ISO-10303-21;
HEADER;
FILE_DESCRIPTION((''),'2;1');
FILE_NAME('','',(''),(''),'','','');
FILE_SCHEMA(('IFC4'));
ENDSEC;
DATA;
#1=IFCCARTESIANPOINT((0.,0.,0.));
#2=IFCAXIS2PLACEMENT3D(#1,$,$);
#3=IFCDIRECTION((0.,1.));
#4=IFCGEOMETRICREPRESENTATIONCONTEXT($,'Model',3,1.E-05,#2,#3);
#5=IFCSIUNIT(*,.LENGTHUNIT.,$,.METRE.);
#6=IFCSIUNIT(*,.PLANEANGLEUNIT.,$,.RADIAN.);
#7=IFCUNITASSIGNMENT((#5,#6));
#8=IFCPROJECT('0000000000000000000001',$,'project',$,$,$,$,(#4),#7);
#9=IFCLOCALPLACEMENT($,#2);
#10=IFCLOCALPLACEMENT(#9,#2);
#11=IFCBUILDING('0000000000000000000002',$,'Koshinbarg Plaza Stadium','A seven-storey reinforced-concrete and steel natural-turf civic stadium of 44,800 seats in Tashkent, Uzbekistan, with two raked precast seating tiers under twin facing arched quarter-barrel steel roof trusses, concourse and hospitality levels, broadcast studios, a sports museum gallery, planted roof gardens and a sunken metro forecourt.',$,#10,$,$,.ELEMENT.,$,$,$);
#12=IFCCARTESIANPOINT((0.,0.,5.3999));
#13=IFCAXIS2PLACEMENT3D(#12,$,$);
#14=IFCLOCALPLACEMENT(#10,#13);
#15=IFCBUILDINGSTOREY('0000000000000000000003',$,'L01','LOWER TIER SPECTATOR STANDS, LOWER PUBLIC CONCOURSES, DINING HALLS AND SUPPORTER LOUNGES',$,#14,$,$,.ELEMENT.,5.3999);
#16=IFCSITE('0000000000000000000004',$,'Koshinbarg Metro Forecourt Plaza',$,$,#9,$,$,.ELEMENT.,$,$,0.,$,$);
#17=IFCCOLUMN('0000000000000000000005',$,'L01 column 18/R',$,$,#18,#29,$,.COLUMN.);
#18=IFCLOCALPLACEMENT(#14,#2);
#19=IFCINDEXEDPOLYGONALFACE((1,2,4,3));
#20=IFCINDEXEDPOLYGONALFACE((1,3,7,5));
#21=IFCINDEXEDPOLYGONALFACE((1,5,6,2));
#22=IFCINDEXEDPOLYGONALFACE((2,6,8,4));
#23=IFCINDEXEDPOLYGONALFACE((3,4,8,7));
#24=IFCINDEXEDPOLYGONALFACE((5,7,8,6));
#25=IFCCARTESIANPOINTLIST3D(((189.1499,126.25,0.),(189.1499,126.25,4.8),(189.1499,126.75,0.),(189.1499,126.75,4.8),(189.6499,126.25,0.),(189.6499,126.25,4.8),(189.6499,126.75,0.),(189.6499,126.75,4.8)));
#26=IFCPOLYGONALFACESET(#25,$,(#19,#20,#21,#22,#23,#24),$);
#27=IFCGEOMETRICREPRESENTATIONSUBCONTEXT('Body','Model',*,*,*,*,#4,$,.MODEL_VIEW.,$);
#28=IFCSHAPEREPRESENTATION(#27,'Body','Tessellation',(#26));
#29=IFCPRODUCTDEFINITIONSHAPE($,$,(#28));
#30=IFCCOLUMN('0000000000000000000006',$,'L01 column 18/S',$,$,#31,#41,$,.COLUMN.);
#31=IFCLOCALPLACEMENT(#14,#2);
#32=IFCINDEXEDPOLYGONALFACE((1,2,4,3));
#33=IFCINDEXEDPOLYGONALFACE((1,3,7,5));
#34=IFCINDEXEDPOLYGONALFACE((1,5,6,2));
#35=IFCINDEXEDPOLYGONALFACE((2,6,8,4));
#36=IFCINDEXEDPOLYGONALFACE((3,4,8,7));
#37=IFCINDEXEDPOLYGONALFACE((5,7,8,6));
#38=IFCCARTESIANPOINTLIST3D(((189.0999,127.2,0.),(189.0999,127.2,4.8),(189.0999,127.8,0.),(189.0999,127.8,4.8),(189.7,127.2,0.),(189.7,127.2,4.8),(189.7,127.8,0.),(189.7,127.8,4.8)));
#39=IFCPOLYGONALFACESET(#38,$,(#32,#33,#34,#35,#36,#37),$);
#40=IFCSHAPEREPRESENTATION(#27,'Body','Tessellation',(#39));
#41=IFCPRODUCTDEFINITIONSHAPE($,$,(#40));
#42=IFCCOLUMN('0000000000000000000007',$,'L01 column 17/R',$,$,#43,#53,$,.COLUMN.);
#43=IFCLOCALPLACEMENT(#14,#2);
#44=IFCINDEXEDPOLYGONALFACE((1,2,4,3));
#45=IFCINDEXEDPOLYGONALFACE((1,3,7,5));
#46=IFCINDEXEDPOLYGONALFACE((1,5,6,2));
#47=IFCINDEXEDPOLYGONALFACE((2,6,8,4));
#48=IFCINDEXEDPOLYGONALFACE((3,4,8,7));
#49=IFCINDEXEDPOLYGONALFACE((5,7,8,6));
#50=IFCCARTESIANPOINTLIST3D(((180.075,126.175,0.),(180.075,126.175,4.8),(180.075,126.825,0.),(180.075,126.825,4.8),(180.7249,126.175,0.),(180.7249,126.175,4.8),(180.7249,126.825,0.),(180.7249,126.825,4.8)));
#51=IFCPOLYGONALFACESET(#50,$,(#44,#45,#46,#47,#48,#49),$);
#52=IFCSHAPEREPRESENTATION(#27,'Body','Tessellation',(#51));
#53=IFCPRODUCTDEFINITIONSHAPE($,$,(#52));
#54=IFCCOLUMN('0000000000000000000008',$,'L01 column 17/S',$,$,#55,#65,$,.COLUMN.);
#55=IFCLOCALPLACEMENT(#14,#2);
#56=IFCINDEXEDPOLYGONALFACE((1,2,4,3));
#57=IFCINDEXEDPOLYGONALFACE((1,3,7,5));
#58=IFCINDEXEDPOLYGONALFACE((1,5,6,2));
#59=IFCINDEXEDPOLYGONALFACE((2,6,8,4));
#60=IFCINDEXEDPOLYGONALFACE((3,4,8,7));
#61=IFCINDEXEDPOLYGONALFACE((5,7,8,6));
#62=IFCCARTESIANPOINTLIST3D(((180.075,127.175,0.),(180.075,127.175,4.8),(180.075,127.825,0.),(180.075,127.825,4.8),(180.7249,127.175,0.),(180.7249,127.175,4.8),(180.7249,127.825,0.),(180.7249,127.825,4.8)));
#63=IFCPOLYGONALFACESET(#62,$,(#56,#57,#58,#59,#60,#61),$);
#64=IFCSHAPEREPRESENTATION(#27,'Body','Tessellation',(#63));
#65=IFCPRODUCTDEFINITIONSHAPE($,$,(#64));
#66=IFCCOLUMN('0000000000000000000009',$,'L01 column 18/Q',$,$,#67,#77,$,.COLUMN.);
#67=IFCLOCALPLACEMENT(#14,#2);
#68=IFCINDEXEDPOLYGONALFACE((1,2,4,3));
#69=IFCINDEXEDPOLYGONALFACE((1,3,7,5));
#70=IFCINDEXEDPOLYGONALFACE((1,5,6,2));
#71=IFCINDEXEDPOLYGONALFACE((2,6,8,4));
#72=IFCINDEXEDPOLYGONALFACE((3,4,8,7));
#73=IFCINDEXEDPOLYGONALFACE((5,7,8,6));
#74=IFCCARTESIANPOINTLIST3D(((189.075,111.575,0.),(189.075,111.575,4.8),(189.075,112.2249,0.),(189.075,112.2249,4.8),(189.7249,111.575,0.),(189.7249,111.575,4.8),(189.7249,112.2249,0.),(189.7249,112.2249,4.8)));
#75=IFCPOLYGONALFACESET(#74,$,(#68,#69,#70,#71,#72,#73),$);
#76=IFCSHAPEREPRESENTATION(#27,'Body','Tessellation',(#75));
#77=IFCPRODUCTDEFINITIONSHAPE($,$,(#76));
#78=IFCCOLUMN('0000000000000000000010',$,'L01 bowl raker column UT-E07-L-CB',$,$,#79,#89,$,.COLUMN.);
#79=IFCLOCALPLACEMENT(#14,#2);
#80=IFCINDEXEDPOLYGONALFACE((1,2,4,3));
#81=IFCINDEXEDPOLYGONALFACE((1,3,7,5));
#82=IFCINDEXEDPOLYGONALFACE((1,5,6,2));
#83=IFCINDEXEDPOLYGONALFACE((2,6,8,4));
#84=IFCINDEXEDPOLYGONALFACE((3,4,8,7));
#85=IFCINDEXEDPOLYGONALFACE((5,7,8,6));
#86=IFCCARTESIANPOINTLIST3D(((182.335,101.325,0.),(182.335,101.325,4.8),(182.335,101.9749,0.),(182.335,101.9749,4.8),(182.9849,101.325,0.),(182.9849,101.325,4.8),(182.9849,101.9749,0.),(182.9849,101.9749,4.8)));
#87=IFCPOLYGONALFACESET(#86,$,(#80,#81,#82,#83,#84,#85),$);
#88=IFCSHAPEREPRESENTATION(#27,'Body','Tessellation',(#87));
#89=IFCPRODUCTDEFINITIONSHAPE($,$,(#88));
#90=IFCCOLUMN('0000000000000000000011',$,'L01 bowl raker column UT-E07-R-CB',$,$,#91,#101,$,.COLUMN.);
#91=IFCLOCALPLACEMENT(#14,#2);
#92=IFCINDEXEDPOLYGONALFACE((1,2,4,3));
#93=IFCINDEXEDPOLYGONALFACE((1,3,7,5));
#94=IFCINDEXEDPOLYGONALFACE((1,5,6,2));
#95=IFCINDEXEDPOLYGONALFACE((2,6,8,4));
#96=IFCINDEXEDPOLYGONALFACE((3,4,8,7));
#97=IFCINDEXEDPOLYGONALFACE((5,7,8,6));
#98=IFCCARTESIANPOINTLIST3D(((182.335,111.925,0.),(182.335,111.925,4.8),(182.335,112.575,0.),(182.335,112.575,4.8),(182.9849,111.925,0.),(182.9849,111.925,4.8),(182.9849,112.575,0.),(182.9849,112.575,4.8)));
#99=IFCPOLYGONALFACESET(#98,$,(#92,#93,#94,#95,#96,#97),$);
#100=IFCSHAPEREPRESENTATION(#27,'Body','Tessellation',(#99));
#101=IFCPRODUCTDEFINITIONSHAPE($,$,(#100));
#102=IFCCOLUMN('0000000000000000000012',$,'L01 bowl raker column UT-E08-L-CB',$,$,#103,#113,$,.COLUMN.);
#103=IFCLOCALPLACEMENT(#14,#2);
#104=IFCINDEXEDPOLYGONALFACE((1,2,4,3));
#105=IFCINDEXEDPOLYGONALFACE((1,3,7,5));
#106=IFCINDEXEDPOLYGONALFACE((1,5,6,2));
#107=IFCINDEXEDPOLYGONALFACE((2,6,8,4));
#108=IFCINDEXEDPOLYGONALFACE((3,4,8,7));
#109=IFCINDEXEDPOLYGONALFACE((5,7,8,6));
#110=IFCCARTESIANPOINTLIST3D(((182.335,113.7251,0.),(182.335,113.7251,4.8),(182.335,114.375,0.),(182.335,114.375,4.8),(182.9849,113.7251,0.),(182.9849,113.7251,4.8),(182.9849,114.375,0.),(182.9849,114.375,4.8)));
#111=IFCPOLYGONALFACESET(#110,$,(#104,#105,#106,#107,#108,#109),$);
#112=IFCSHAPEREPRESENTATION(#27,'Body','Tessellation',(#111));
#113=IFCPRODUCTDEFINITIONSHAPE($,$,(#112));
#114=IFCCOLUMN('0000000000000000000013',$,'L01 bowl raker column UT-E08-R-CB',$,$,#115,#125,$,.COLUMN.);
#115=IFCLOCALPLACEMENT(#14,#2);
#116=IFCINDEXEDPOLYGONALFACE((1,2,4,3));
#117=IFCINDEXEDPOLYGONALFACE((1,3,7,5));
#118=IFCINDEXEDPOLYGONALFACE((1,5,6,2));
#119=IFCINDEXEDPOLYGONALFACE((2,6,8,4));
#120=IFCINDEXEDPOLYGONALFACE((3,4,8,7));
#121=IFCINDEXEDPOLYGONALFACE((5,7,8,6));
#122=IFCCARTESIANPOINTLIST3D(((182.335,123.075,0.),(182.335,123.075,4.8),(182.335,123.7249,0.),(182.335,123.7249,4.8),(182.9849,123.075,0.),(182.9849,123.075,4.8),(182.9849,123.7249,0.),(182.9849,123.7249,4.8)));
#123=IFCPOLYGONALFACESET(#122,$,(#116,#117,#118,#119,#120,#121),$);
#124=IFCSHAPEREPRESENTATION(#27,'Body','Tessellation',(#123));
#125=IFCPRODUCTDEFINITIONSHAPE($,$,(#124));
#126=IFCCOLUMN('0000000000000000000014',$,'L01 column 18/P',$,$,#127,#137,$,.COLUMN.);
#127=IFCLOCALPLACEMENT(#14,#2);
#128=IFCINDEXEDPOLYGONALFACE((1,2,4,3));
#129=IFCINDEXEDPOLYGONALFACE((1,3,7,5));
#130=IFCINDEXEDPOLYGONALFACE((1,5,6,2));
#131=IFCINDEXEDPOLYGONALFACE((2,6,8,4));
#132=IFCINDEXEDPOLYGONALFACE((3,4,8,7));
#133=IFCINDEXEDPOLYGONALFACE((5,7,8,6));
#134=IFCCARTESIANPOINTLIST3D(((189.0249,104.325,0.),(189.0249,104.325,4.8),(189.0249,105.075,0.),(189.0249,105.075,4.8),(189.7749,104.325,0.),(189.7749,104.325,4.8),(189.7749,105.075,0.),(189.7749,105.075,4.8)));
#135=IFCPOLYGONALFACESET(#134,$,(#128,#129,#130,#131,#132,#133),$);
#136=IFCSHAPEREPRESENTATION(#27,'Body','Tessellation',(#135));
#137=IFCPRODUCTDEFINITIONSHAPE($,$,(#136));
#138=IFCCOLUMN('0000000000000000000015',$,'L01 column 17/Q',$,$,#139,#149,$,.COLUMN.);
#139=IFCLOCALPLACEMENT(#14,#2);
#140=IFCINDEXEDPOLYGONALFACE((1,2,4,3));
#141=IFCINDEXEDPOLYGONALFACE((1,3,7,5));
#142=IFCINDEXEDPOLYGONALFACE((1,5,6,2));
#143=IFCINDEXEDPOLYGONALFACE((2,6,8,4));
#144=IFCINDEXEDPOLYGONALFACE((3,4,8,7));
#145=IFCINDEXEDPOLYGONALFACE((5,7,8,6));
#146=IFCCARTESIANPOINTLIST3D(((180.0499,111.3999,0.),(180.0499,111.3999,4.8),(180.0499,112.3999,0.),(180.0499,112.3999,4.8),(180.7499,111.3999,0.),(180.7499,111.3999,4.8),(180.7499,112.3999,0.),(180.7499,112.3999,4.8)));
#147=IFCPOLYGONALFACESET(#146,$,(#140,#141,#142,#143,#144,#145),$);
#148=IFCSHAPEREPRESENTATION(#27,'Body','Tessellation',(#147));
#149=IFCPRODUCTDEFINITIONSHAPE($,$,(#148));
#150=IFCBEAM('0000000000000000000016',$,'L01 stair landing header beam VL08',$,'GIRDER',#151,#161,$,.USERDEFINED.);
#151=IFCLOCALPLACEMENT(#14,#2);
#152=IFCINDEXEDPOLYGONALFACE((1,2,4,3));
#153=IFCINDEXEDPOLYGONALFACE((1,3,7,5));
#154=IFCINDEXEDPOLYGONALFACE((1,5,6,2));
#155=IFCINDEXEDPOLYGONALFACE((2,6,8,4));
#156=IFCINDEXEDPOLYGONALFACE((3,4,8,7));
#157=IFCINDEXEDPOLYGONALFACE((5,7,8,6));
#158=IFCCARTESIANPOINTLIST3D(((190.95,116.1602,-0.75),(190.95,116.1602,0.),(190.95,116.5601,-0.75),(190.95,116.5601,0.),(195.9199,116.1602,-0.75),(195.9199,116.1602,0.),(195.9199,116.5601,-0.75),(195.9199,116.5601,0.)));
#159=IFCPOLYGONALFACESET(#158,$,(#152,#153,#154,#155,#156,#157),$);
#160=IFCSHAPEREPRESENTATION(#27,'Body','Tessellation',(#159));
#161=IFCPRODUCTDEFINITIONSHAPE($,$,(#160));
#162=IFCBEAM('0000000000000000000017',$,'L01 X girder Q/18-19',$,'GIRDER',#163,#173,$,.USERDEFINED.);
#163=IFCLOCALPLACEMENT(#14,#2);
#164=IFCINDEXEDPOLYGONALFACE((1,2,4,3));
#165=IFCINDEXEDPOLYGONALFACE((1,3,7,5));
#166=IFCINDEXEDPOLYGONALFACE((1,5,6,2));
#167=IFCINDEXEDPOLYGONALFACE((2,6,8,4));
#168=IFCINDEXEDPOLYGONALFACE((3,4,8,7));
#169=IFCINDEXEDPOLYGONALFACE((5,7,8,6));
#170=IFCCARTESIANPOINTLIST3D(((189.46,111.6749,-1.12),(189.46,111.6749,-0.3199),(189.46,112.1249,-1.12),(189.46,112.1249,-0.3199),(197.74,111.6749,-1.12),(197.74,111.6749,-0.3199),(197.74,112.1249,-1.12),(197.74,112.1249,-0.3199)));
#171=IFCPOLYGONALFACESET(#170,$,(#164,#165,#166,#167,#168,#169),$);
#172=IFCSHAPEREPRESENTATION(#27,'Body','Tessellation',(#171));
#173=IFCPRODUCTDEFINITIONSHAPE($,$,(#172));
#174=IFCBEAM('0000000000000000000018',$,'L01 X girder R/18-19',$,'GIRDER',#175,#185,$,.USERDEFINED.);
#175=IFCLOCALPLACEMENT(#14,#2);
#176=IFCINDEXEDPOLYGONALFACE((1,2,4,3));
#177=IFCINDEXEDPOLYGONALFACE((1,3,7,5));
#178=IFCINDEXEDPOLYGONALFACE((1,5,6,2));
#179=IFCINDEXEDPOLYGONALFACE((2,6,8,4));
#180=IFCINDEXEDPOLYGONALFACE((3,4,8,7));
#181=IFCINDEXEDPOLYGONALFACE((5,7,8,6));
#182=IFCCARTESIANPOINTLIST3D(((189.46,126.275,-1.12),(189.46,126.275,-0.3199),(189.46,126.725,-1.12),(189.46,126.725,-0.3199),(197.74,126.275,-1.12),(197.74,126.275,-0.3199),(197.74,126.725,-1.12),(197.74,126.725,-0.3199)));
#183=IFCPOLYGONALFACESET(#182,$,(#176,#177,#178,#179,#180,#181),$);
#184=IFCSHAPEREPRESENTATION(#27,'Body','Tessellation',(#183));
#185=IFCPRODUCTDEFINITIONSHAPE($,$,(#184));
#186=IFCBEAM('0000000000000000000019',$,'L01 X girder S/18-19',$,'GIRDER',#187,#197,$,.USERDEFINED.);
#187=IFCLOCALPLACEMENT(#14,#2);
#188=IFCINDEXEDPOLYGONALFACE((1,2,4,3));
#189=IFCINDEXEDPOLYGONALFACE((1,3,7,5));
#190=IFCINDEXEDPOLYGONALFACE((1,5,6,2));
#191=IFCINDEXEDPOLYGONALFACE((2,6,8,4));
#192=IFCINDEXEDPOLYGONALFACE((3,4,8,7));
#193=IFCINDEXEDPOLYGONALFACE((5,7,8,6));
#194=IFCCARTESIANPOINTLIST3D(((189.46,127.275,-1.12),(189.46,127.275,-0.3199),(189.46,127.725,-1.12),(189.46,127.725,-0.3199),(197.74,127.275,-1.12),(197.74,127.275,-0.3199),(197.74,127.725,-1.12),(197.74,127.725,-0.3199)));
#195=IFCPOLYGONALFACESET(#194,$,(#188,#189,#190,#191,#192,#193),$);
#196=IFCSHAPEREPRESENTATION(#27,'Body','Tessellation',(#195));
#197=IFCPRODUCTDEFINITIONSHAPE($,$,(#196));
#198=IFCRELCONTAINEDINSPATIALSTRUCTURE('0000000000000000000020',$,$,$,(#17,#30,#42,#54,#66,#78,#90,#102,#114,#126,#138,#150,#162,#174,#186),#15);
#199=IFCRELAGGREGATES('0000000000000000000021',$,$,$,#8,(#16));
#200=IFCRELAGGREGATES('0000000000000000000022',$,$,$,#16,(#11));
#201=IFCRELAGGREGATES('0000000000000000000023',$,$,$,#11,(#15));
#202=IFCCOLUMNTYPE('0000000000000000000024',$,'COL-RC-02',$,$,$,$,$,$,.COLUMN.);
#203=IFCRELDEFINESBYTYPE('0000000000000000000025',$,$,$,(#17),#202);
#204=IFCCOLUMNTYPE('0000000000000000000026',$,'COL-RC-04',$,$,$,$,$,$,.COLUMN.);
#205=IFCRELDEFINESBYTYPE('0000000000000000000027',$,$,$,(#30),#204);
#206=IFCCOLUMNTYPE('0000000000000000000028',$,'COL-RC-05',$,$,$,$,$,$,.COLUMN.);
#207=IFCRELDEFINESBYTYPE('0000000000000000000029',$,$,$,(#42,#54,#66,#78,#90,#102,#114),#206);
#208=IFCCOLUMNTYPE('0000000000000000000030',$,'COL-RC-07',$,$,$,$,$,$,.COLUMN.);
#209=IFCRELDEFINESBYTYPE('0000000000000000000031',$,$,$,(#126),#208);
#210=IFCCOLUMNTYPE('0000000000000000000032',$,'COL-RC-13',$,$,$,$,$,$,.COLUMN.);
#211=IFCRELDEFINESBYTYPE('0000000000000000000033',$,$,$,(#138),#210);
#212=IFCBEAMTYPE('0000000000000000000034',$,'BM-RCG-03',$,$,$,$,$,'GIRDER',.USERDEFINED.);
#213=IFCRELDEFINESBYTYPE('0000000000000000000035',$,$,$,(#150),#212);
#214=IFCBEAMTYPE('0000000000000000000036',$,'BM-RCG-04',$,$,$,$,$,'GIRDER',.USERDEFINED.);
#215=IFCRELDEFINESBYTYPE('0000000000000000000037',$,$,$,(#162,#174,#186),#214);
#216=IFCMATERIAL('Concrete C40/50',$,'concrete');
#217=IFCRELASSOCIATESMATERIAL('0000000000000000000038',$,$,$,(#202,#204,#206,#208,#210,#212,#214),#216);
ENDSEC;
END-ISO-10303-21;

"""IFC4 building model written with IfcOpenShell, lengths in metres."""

from ifc_helpers import new_model, si_unit, direction, frame, origin, origin_2d, place, context, subcontext, project, spatial, rectangle, extrude, material, material_profile, profile_set, type_object, element, save


model = new_model("IFC4")

# Units and contexts
model_context = context("Model", 3, precision=1e-05, world=origin(), true_north=direction((0.0, 1.0)))
body_context = subcontext(model_context, "Body", "Model", "MODEL_VIEW")
ifc_project = project(units=[si_unit("LENGTHUNIT", "METRE"), si_unit("PLANEANGLEUNIT", "RADIAN")], contexts=[model_context])

# Site, building, storey
site_placement = place(None, origin())
site = spatial("IfcSite", under=ifc_project, at=site_placement, Name="Koshinbarg Metro Forecourt Plaza", CompositionType="ELEMENT", RefElevation=0.0)
building_placement = place(site_placement, origin())
building = spatial("IfcBuilding", under=site, at=building_placement, Name="Koshinbarg Plaza Stadium", Description="A seven-storey reinforced-concrete and steel natural-turf civic stadium of 44,800 seats in Tashkent, Uzbekistan, with two raked precast seating tiers under twin facing arched quarter-barrel steel roof trusses, concourse and hospitality levels, broadcast studios, a sports museum gallery, planted roof gardens and a sunken metro forecourt.", CompositionType="ELEMENT")
storey_placement = place(building_placement, frame((0.0, 0.0, 5.3999)))
storey = spatial("IfcBuildingStorey", under=building, at=storey_placement, Name="L01", Description="LOWER TIER SPECTATOR STANDS, LOWER PUBLIC CONCOURSES, DINING HALLS AND SUPPORTER LOUNGES", CompositionType="ELEMENT", Elevation=5.3999)

# Columns
ifc_material_1 = material(Name="Concrete C40/50", Category="concrete")
ifc_material_profile_1 = material_profile(ifc_material_1, rectangle(XDim=0.5, YDim=0.5, at=origin_2d()), Name="RC 500x500")
ifc_profile_set_1 = profile_set([ifc_material_profile_1], Name="Concrete C40/50")
column_type_1 = type_object("IfcColumnType", Name="COL-RC-02", PredefinedType="COLUMN", material=ifc_profile_set_1)
column_1_placement = place(storey_placement, frame((189.3999, 126.5, 0.0), z_axis=(0.0, 0.0, 1.0), x_axis=(1.0, 0.0, 0.0)))
element("IfcColumn", 1, at=column_1_placement, inside=storey, type_object=column_type_1, Name="L01 column 18/R", PredefinedType="COLUMN", context=body_context, shape_type="SweptSolid", body=[
    extrude(rectangle(XDim=0.5, YDim=0.5, at=origin_2d()), origin(), (0.0, 0.0, 1.0), 4.8),
])
ifc_material_profile_2 = material_profile(ifc_material_1, rectangle(XDim=0.6001, YDim=0.6001, at=origin_2d()), Name="RC 600x600")
ifc_profile_set_2 = profile_set([ifc_material_profile_2], Name="Concrete C40/50")
column_type_2 = type_object("IfcColumnType", Name="COL-RC-04", PredefinedType="COLUMN", material=ifc_profile_set_2)
column_2_placement = place(storey_placement, frame((189.3999, 127.5, 0.0), z_axis=(0.0, 0.0, 1.0), x_axis=(1.0, 0.0, 0.0)))
element("IfcColumn", 2, at=column_2_placement, inside=storey, type_object=column_type_2, Name="L01 column 18/S", PredefinedType="COLUMN", context=body_context, shape_type="SweptSolid", body=[
    extrude(rectangle(XDim=0.6001, YDim=0.6001, at=origin_2d()), origin(), (0.0, 0.0, 1.0), 4.8),
])
ifc_material_profile_3 = material_profile(ifc_material_1, rectangle(XDim=0.6499, YDim=0.6499, at=origin_2d()), Name="RC 650x650")
ifc_profile_set_3 = profile_set([ifc_material_profile_3], Name="Concrete C40/50")
column_type_3 = type_object("IfcColumnType", Name="COL-RC-05", PredefinedType="COLUMN", material=ifc_profile_set_3)
for number, where, z_axis, x_axis, name in (
    (3, (180.3999, 126.5, 0.0), (0.0, 0.0, 1.0), (1.0, 0.0, 0.0), "L01 column 17/R"),
    (4, (180.3999, 127.5, 0.0), (0.0, 0.0, 1.0), (1.0, 0.0, 0.0), "L01 column 17/S"),
    (5, (189.3999, 111.8999, 0.0), (0.0, 0.0, 1.0), (1.0, 0.0, 0.0), "L01 column 18/Q"),
    (6, (182.6599, 101.6499, 0.0), (0.0, 0.0, 1.0), (1.0, 0.0, 0.0), "L01 bowl raker column UT-E07-L-CB"),
    (7, (182.6599, 112.25, 0.0), (0.0, 0.0, 1.0), (1.0, 0.0, 0.0), "L01 bowl raker column UT-E07-R-CB"),
    (8, (182.6599, 114.05, 0.0), (0.0, 0.0, 1.0), (1.0, 0.0, 0.0), "L01 bowl raker column UT-E08-L-CB"),
    (9, (182.6599, 123.3999, 0.0), (0.0, 0.0, 1.0), (1.0, 0.0, 0.0), "L01 bowl raker column UT-E08-R-CB"),
):
    element("IfcColumn", number, at=place(storey_placement, frame(where, z_axis=z_axis, x_axis=x_axis)), inside=storey, type_object=column_type_3, Name=name, PredefinedType="COLUMN", context=body_context, shape_type="SweptSolid", body=[
        extrude(rectangle(XDim=0.6499, YDim=0.6499, at=origin_2d()), origin(), (0.0, 0.0, 1.0), 4.8),
    ])
ifc_material_profile_4 = material_profile(ifc_material_1, rectangle(XDim=0.75, YDim=0.75, at=origin_2d()), Name="RC 750x750")
ifc_profile_set_4 = profile_set([ifc_material_profile_4], Name="Concrete C40/50")
column_type_4 = type_object("IfcColumnType", Name="COL-RC-07", PredefinedType="COLUMN", material=ifc_profile_set_4)
column_3_placement = place(storey_placement, frame((189.3999, 104.7, 0.0), z_axis=(0.0, 0.0, 1.0), x_axis=(1.0, 0.0, 0.0)))
element("IfcColumn", 10, at=column_3_placement, inside=storey, type_object=column_type_4, Name="L01 column 18/P", PredefinedType="COLUMN", context=body_context, shape_type="SweptSolid", body=[
    extrude(rectangle(XDim=0.75, YDim=0.75, at=origin_2d()), origin(), (0.0, 0.0, 1.0), 4.8),
])
ifc_material_profile_5 = material_profile(ifc_material_1, rectangle(XDim=0.7, YDim=1.0, at=origin_2d()), Name="RC 700x1000")
ifc_profile_set_5 = profile_set([ifc_material_profile_5], Name="Concrete C40/50")
column_type_5 = type_object("IfcColumnType", Name="COL-RC-13", PredefinedType="COLUMN", material=ifc_profile_set_5)
column_4_placement = place(storey_placement, frame((180.3999, 111.8999, 0.0), z_axis=(0.0, 0.0, 1.0), x_axis=(1.0, 0.0, 0.0)))
element("IfcColumn", 11, at=column_4_placement, inside=storey, type_object=column_type_5, Name="L01 column 17/Q", PredefinedType="COLUMN", context=body_context, shape_type="SweptSolid", body=[
    extrude(rectangle(XDim=0.7, YDim=1.0, at=origin_2d()), origin(), (0.0, 0.0, 1.0), 4.8),
])

# Beams
ifc_material_profile_6 = material_profile(ifc_material_1, rectangle(XDim=0.3999, YDim=0.75, at=origin_2d()), Name="RC 400x750")
ifc_profile_set_6 = profile_set([ifc_material_profile_6], Name="Concrete C40/50")
beam_type_1 = type_object("IfcBeamType", Name="BM-RCG-03", ElementType="GIRDER", PredefinedType="USERDEFINED", material=ifc_profile_set_6)
beam_1_placement = place(storey_placement, frame((190.95, 116.3601, -0.375), z_axis=(1.0, 0.0, 0.0), x_axis=(0.0, 1.0, 0.0)))
element("IfcBeam", 12, at=beam_1_placement, inside=storey, type_object=beam_type_1, Name="L01 stair landing header beam VL08", ObjectType="GIRDER", PredefinedType="USERDEFINED", context=body_context, shape_type="SweptSolid", body=[
    extrude(rectangle(XDim=0.3999, YDim=0.75, at=origin_2d()), origin(), (0.0, 0.0, 1.0), 4.97),
])
ifc_material_profile_7 = material_profile(ifc_material_1, rectangle(XDim=0.45, YDim=0.8, at=origin_2d()), Name="RC 450x800")
ifc_profile_set_7 = profile_set([ifc_material_profile_7], Name="Concrete C40/50")
beam_type_2 = type_object("IfcBeamType", Name="BM-RCG-04", ElementType="GIRDER", PredefinedType="USERDEFINED", material=ifc_profile_set_7)
for number, where, z_axis, x_axis, name in (
    (13, (189.46, 111.8999, -0.72), (1.0, 0.0, 0.0), (0.0, 1.0, 0.0), "L01 X girder Q/18-19"),
    (14, (189.46, 126.5, -0.72), (1.0, 0.0, 0.0), (0.0, 1.0, 0.0), "L01 X girder R/18-19"),
    (15, (189.46, 127.5, -0.72), (1.0, 0.0, 0.0), (0.0, 1.0, 0.0), "L01 X girder S/18-19"),
):
    element("IfcBeam", number, at=place(storey_placement, frame(where, z_axis=z_axis, x_axis=x_axis)), inside=storey, type_object=beam_type_2, Name=name, ObjectType="GIRDER", PredefinedType="USERDEFINED", context=body_context, shape_type="SweptSolid", body=[
        extrude(rectangle(XDim=0.45, YDim=0.8, at=origin_2d()), origin(), (0.0, 0.0, 1.0), 8.28),
    ])

save(model, "model.ifc")
